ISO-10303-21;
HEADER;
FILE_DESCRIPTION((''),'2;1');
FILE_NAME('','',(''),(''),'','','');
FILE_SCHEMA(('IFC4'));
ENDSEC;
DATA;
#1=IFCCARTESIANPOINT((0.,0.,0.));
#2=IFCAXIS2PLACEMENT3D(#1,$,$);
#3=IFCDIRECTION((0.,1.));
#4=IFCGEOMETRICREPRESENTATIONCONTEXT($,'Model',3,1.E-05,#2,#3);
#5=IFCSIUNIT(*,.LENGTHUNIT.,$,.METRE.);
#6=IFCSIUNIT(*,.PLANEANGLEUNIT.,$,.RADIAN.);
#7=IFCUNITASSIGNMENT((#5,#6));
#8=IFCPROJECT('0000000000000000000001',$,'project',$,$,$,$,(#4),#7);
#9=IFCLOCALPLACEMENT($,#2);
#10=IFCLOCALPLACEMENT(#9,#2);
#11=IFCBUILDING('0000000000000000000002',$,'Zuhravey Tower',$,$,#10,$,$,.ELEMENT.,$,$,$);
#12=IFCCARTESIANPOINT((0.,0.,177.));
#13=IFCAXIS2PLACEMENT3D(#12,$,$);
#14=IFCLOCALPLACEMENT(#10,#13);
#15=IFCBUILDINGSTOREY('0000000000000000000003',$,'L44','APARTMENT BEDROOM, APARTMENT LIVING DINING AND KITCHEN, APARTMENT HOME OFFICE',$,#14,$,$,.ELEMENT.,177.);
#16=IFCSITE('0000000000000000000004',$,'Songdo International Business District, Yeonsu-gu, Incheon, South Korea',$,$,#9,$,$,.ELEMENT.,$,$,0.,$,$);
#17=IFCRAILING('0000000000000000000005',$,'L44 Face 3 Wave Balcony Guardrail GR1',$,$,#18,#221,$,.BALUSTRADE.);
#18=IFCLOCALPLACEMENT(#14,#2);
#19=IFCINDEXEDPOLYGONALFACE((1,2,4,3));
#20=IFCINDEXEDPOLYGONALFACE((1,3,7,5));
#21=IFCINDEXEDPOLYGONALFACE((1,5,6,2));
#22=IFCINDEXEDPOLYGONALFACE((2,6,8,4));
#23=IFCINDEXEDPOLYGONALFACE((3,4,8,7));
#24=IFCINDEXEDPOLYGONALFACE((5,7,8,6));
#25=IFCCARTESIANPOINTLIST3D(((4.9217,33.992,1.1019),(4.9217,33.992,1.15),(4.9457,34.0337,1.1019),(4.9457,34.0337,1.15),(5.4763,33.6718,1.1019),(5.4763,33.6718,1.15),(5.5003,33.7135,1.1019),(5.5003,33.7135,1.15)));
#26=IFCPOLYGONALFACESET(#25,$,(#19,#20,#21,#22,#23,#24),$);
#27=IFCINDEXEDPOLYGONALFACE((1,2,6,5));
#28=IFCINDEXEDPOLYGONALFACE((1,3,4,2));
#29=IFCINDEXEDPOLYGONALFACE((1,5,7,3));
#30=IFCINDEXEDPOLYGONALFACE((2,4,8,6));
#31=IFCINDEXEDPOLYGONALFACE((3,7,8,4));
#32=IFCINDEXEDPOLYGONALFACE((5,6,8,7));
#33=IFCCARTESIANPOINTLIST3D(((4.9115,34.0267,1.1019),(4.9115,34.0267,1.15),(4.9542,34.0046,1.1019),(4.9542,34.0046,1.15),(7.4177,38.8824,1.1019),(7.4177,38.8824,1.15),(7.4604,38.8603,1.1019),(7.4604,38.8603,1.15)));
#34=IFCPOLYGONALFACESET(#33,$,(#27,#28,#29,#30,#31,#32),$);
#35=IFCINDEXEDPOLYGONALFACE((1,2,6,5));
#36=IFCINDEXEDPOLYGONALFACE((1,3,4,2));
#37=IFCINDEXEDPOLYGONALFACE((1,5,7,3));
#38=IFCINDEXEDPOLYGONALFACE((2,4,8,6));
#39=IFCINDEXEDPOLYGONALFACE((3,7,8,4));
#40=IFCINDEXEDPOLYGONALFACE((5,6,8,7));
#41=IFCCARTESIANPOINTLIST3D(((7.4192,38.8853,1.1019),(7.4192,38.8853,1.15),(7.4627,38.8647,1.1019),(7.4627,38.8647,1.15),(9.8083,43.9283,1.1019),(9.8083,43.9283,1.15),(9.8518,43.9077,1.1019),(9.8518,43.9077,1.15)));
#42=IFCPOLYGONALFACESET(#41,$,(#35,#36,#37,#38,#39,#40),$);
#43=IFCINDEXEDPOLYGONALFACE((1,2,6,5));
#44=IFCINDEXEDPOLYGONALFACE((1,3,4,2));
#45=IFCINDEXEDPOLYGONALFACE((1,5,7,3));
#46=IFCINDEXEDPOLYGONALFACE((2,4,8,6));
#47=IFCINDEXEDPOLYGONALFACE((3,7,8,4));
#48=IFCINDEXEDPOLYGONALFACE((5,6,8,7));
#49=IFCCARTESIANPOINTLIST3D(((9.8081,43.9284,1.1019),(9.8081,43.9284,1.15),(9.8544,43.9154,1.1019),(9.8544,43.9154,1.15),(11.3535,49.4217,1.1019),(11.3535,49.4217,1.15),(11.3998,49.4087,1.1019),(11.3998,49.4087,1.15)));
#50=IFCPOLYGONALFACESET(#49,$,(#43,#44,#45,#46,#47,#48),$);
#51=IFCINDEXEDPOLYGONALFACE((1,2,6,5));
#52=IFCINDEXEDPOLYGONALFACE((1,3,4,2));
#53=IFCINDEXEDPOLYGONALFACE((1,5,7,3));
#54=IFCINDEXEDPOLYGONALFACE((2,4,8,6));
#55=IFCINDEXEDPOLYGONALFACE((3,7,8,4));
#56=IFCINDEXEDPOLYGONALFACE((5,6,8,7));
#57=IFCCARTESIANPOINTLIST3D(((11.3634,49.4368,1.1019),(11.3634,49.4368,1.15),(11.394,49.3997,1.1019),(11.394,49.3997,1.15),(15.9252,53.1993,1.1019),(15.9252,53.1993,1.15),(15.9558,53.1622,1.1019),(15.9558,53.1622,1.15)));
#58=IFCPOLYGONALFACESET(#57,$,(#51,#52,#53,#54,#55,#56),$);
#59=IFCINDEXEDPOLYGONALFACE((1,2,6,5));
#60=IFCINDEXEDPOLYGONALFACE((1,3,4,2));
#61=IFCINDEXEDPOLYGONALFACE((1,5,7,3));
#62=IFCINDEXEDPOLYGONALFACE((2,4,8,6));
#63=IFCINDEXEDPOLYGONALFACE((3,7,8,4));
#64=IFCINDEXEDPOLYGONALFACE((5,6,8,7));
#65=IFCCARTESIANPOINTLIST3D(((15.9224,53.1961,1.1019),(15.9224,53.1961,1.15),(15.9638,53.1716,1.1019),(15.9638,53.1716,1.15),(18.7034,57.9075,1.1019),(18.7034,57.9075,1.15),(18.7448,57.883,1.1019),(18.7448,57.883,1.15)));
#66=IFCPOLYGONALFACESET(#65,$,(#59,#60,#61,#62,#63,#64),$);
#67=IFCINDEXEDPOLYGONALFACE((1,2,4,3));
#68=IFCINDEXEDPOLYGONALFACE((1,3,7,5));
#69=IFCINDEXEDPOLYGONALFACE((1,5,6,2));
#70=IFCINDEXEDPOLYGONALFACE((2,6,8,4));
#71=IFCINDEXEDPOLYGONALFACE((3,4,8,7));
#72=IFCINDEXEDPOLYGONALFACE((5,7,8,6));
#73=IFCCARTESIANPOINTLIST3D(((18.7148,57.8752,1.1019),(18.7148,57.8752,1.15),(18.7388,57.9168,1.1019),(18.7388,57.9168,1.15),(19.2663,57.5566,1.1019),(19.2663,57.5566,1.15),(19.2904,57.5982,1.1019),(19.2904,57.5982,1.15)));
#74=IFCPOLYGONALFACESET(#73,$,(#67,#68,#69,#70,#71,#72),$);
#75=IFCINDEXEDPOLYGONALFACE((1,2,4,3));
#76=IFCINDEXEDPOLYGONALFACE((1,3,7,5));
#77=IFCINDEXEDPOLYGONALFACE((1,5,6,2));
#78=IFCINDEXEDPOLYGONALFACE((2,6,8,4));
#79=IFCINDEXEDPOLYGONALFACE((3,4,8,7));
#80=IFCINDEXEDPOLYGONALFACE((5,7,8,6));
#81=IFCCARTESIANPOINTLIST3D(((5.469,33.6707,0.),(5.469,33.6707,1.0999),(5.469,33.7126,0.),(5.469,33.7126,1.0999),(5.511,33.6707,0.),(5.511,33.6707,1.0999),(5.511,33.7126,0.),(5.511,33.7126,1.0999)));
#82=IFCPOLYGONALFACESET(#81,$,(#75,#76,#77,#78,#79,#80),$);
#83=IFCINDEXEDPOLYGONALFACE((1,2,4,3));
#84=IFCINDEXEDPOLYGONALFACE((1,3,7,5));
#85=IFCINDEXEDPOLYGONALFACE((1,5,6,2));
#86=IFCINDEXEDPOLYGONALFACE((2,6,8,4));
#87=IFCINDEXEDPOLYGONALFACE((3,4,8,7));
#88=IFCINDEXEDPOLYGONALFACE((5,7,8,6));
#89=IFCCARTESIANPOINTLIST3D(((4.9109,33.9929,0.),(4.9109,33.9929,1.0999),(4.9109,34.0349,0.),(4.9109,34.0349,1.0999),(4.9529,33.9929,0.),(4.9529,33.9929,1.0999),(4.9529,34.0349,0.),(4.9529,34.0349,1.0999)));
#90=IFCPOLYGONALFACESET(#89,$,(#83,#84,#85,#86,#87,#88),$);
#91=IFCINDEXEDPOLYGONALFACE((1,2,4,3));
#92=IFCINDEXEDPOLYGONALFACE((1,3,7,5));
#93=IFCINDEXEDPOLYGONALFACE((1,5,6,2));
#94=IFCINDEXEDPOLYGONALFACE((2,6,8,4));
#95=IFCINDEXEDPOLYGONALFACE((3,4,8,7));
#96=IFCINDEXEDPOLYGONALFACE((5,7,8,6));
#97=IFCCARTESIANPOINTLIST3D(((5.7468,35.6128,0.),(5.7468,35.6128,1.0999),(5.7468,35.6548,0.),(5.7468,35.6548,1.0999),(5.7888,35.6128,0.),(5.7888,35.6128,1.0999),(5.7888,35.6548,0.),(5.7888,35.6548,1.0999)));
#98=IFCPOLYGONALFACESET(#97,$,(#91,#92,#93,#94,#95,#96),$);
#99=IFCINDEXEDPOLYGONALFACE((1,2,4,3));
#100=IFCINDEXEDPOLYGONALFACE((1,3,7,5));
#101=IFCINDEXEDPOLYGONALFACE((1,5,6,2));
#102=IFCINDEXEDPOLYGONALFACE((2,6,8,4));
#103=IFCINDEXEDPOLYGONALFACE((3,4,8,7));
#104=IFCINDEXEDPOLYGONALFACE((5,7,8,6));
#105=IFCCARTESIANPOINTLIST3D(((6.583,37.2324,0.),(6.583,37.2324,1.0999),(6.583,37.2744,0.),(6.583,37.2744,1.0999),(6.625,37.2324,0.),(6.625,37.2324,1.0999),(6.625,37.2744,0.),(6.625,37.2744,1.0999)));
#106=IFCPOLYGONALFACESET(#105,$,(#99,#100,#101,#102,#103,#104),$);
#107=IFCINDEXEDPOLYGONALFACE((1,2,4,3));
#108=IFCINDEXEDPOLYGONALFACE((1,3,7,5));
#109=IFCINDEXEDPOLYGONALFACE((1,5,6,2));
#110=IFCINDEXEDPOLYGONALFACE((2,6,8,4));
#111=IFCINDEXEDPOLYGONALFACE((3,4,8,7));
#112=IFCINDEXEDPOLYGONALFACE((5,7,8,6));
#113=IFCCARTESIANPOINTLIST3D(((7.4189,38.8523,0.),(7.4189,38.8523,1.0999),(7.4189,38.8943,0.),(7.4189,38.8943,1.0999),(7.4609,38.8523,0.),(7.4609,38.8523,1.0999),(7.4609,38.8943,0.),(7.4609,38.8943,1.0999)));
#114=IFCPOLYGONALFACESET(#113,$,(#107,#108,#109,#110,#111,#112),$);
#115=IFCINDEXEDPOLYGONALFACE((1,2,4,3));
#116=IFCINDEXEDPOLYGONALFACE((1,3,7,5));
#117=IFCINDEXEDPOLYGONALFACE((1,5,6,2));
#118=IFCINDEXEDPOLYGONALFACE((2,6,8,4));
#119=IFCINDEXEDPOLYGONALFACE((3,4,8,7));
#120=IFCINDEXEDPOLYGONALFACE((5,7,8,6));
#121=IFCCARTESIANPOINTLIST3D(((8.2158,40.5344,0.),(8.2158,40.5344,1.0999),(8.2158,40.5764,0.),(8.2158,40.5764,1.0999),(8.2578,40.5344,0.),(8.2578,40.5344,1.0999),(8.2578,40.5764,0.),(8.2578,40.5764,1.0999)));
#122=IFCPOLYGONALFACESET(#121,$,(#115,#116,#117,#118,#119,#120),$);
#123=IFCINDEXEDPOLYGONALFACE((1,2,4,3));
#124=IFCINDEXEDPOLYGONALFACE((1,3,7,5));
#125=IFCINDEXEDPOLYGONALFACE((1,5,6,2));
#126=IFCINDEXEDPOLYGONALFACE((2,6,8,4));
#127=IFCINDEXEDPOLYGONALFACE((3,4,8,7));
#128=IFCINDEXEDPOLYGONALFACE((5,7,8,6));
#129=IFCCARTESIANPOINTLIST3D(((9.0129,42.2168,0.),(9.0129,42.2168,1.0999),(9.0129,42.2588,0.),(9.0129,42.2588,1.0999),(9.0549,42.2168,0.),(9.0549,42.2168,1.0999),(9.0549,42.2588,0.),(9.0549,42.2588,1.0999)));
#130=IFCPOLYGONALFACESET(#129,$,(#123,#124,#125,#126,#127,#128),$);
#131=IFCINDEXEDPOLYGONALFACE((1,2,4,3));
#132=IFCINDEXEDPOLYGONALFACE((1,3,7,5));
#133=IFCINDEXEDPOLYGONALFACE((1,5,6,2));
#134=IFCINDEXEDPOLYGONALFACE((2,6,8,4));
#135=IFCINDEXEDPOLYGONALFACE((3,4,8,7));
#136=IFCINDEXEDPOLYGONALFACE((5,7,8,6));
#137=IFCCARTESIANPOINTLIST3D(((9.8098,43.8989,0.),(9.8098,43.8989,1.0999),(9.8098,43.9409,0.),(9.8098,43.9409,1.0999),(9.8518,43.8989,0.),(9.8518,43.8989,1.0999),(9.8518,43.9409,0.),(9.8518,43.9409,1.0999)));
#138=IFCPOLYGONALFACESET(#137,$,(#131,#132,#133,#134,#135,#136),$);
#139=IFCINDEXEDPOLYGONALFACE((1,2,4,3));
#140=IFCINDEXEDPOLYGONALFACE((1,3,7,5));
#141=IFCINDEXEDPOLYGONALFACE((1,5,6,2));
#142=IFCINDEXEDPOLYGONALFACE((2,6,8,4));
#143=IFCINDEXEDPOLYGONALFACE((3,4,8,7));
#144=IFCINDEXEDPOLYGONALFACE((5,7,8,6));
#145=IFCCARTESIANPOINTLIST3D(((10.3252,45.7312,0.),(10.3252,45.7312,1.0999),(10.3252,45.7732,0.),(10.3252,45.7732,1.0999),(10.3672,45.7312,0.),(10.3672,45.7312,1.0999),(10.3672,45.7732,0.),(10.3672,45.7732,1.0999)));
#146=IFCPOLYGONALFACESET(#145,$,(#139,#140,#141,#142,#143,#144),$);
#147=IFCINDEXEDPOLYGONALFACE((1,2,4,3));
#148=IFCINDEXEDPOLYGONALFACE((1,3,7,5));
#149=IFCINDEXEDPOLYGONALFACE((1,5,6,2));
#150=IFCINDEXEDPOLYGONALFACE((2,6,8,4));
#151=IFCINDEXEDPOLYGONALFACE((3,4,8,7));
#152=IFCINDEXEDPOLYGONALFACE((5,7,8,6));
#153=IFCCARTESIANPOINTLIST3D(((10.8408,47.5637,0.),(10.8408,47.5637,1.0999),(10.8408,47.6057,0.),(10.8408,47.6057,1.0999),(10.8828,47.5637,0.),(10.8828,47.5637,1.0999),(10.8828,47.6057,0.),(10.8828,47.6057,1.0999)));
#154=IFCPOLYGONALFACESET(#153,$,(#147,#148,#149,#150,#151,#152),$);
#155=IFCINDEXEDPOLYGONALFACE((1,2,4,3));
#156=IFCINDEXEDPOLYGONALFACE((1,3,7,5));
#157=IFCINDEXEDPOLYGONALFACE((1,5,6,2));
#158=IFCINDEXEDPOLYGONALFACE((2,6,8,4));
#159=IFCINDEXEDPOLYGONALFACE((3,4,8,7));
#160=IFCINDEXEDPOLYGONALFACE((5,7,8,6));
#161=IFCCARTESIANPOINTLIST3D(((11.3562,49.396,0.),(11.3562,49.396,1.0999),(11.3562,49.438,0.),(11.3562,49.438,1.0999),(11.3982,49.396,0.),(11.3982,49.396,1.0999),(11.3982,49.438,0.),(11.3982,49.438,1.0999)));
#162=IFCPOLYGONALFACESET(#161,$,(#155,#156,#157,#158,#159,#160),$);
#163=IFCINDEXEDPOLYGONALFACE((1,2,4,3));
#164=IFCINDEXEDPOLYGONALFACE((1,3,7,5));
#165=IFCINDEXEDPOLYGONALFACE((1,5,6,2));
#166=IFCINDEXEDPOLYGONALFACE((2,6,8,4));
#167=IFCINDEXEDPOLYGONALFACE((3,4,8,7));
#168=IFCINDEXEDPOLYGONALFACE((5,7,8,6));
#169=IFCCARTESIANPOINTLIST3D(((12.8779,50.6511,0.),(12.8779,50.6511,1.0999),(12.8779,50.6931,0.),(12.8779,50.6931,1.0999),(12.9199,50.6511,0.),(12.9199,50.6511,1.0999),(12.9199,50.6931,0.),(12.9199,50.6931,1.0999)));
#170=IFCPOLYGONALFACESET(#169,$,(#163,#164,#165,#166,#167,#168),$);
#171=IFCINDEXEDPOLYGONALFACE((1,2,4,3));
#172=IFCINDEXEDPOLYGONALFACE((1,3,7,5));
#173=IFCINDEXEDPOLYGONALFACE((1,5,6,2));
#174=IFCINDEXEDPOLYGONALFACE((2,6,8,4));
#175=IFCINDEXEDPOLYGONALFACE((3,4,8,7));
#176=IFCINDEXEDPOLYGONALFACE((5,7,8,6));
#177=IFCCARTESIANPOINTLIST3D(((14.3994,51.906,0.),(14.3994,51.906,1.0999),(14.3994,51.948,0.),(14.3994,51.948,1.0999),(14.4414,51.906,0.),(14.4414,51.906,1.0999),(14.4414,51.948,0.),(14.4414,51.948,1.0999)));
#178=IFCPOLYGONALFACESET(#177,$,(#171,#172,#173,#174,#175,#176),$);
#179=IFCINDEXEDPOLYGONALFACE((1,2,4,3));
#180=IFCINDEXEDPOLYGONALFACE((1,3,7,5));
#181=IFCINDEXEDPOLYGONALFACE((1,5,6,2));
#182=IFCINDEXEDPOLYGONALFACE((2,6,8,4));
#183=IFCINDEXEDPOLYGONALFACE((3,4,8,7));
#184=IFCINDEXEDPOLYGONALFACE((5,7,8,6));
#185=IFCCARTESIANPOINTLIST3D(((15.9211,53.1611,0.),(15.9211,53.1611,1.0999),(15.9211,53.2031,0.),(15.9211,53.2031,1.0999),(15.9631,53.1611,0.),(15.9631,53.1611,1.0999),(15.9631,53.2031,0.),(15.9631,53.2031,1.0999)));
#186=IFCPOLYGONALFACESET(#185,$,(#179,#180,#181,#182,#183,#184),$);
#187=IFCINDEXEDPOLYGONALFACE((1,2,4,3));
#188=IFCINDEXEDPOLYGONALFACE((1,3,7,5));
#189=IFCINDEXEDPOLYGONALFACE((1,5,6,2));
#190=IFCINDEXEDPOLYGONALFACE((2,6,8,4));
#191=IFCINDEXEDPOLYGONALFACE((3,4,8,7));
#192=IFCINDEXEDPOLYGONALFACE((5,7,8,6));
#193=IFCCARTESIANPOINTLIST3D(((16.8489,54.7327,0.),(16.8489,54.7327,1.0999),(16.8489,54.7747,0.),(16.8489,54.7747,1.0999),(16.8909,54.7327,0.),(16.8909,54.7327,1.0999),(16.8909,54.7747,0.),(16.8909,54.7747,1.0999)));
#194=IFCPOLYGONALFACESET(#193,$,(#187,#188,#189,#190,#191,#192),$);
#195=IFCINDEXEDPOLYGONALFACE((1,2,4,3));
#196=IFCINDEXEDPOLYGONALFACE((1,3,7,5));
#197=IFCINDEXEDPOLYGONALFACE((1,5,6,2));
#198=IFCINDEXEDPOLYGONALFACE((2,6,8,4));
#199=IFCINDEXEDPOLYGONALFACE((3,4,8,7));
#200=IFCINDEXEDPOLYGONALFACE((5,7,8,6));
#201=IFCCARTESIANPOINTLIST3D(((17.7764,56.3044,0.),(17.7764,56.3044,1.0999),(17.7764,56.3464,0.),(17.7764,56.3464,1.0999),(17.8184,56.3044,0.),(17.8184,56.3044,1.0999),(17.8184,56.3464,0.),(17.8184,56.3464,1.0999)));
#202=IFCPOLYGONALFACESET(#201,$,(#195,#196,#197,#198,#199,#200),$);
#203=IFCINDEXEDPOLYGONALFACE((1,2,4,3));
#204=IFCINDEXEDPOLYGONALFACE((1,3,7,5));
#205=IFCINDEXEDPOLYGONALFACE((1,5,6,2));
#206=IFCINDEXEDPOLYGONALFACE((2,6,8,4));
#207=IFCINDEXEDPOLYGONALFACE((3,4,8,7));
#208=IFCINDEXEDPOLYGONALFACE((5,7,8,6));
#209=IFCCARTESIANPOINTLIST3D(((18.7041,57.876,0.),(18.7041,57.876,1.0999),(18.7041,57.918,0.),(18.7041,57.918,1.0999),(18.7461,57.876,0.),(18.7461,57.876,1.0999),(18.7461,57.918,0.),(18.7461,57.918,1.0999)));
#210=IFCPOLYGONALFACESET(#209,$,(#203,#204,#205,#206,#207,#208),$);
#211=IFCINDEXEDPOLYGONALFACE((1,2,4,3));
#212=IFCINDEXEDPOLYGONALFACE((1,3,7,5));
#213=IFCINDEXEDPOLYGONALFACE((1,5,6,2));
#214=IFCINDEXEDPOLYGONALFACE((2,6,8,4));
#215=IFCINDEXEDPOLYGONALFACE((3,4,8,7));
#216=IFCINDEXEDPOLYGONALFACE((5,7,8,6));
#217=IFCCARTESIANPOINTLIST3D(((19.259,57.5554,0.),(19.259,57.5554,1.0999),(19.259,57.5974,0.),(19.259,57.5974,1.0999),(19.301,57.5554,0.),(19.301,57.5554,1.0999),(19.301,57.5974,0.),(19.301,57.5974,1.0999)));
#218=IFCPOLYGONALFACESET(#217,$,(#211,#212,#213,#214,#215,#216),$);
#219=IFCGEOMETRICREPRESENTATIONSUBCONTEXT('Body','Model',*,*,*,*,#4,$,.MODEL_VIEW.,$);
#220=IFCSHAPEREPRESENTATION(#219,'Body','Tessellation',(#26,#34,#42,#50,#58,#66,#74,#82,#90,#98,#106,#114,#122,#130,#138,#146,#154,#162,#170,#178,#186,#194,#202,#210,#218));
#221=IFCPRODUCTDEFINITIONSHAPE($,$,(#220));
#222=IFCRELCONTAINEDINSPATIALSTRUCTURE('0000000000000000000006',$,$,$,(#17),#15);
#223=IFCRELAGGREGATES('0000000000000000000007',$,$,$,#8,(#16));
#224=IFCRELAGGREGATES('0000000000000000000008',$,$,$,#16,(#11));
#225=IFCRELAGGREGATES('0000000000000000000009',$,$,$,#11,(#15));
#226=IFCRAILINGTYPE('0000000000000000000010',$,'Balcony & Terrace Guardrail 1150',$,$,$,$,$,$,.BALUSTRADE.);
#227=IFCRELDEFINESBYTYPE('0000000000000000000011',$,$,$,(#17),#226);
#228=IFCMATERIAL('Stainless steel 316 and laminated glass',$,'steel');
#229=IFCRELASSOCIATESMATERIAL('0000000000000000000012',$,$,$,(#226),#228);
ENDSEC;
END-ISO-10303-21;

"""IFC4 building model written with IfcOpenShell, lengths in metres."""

from ifc_helpers import new_model, si_unit, direction, frame, origin, origin_2d, place, context, subcontext, project, spatial, rectangle, extrude, material, type_object, element, save


model = new_model("IFC4")

# Units and contexts
model_context = context("Model", 3, precision=1e-05, world=origin(), true_north=direction((0.0, 1.0)))
body_context = subcontext(model_context, "Body", "Model", "MODEL_VIEW")
ifc_project = project(units=[si_unit("LENGTHUNIT", "METRE"), si_unit("PLANEANGLEUNIT", "RADIAN")], contexts=[model_context])

# Site, building, storey
site_placement = place(None, origin())
site = spatial("IfcSite", under=ifc_project, at=site_placement, Name="Songdo International Business District, Yeonsu-gu, Incheon, South Korea", CompositionType="ELEMENT", RefElevation=0.0)
building_placement = place(site_placement, origin())
building = spatial("IfcBuilding", under=site, at=building_placement, Name="Zuhravey Tower", CompositionType="ELEMENT")
storey_placement = place(building_placement, frame((0.0, 0.0, 177.0)))
storey = spatial("IfcBuildingStorey", under=building, at=storey_placement, Name="L44", Description="APARTMENT BEDROOM, APARTMENT LIVING DINING AND KITCHEN, APARTMENT HOME OFFICE", CompositionType="ELEMENT", Elevation=177.0)

# Railing
ifc_material_1 = material(Name="Stainless steel 316 and laminated glass", Category="steel")
railing_type = type_object("IfcRailingType", Name="Balcony & Terrace Guardrail 1150", PredefinedType="BALUSTRADE", material=ifc_material_1)
railing_placement = place(storey_placement, frame((5.49, 33.6917, 0.0)))
element("IfcRailing", 1, at=railing_placement, inside=storey, type_object=railing_type, Name="L44 Face 3 Wave Balcony Guardrail GR1", PredefinedType="BALUSTRADE", context=body_context, shape_type="SweptSolid", body=[
    extrude(rectangle(XDim=0.0481, YDim=0.0481, at=origin_2d()), frame((-0.0017, 0.001, 1.126), z_axis=(-0.865996, 0.50005, 0.0), x_axis=(-0.50005, -0.865996, 0.0)), (0.0, 0.0, 1.0), 0.6404),
    extrude(rectangle(XDim=0.0481, YDim=0.0481, at=origin_2d()), frame((-0.5571, 0.324, 1.126), z_axis=(0.458642, 0.888621, 0.0), x_axis=(-0.888621, 0.458642, 0.0)), (0.0, 0.0, 1.0), 5.4644),
    extrude(rectangle(XDim=0.0481, YDim=0.0481, at=origin_2d()), frame((1.9509, 5.1833, 1.126), z_axis=(0.428139, 0.903713, 0.0), x_axis=(-0.903713, 0.428139, 0.0)), (0.0, 0.0, 1.0), 5.5803),
    extrude(rectangle(XDim=0.0481, YDim=0.0481, at=origin_2d()), frame((4.3413, 10.2302, 1.126), z_axis=(0.2708, 0.962636, 0.0), x_axis=(-0.962636, 0.2708, 0.0)), (0.0, 0.0, 1.0), 5.7065),
    extrude(rectangle(XDim=0.0481, YDim=0.0481, at=origin_2d()), frame((5.8887, 15.7266, 1.126), z_axis=(0.771451, 0.636288, 0.0), x_axis=(-0.636288, 0.771451, 0.0)), (0.0, 0.0, 1.0), 5.9133),
    extrude(rectangle(XDim=0.0481, YDim=0.0481, at=origin_2d()), frame((10.4531, 19.4922, 1.126), z_axis=(0.508312, 0.861173, 0.0), x_axis=(-0.861173, 0.508312, 0.0)), (0.0, 0.0, 1.0), 5.4709),
    extrude(rectangle(XDim=0.0481, YDim=0.0481, at=origin_2d()), frame((13.2368, 24.2043, 1.126), z_axis=(0.865913, -0.500195, 0.0), x_axis=(0.500195, 0.865913, 0.0)), (0.0, 0.0, 1.0), 0.637),
    extrude(rectangle(XDim=0.042, YDim=0.042, at=origin_2d()), origin(), (0.0, 0.0, 1.0), 1.0999),
    extrude(rectangle(XDim=0.042, YDim=0.042, at=origin_2d()), frame((-0.5581, 0.3223, 0.0)), (0.0, 0.0, 1.0), 1.0999),
    extrude(rectangle(XDim=0.042, YDim=0.042, at=origin_2d()), frame((0.2778, 1.9421, 0.0)), (0.0, 0.0, 1.0), 1.0999),
    extrude(rectangle(XDim=0.042, YDim=0.042, at=origin_2d()), frame((1.114, 3.5618, 0.0)), (0.0, 0.0, 1.0), 1.0999),
    extrude(rectangle(XDim=0.042, YDim=0.042, at=origin_2d()), frame((1.95, 5.1816, 0.0)), (0.0, 0.0, 1.0), 1.0999),
    extrude(rectangle(XDim=0.042, YDim=0.042, at=origin_2d()), frame((2.7468, 6.8638, 0.0)), (0.0, 0.0, 1.0), 1.0999),
    extrude(rectangle(XDim=0.042, YDim=0.042, at=origin_2d()), frame((3.5439, 8.5461, 0.0)), (0.0, 0.0, 1.0), 1.0999),
    extrude(rectangle(XDim=0.042, YDim=0.042, at=origin_2d()), frame((4.3408, 10.2283, 0.0)), (0.0, 0.0, 1.0), 1.0999),
    extrude(rectangle(XDim=0.042, YDim=0.042, at=origin_2d()), frame((4.8562, 12.0605, 0.0)), (0.0, 0.0, 1.0), 1.0999),
    extrude(rectangle(XDim=0.042, YDim=0.042, at=origin_2d()), frame((5.3718, 13.8931, 0.0)), (0.0, 0.0, 1.0), 1.0999),
    extrude(rectangle(XDim=0.042, YDim=0.042, at=origin_2d()), frame((5.8872, 15.7253, 0.0)), (0.0, 0.0, 1.0), 1.0999),
    extrude(rectangle(XDim=0.042, YDim=0.042, at=origin_2d()), frame((7.4089, 16.9805, 0.0)), (0.0, 0.0, 1.0), 1.0999),
    extrude(rectangle(XDim=0.042, YDim=0.042, at=origin_2d()), frame((8.9304, 18.2354, 0.0)), (0.0, 0.0, 1.0), 1.0999),
    extrude(rectangle(XDim=0.042, YDim=0.042, at=origin_2d()), frame((10.4521, 19.4905, 0.0)), (0.0, 0.0, 1.0), 1.0999),
    extrude(rectangle(XDim=0.042, YDim=0.042, at=origin_2d()), frame((11.3799, 21.062, 0.0)), (0.0, 0.0, 1.0), 1.0999),
    extrude(rectangle(XDim=0.042, YDim=0.042, at=origin_2d()), frame((12.3074, 22.6338, 0.0)), (0.0, 0.0, 1.0), 1.0999),
    extrude(rectangle(XDim=0.042, YDim=0.042, at=origin_2d()), frame((13.2351, 24.2053, 0.0)), (0.0, 0.0, 1.0), 1.0999),
    extrude(rectangle(XDim=0.042, YDim=0.042, at=origin_2d()), frame((13.79, 23.8848, 0.0)), (0.0, 0.0, 1.0), 1.0999),
])

save(model, "model.ifc")
